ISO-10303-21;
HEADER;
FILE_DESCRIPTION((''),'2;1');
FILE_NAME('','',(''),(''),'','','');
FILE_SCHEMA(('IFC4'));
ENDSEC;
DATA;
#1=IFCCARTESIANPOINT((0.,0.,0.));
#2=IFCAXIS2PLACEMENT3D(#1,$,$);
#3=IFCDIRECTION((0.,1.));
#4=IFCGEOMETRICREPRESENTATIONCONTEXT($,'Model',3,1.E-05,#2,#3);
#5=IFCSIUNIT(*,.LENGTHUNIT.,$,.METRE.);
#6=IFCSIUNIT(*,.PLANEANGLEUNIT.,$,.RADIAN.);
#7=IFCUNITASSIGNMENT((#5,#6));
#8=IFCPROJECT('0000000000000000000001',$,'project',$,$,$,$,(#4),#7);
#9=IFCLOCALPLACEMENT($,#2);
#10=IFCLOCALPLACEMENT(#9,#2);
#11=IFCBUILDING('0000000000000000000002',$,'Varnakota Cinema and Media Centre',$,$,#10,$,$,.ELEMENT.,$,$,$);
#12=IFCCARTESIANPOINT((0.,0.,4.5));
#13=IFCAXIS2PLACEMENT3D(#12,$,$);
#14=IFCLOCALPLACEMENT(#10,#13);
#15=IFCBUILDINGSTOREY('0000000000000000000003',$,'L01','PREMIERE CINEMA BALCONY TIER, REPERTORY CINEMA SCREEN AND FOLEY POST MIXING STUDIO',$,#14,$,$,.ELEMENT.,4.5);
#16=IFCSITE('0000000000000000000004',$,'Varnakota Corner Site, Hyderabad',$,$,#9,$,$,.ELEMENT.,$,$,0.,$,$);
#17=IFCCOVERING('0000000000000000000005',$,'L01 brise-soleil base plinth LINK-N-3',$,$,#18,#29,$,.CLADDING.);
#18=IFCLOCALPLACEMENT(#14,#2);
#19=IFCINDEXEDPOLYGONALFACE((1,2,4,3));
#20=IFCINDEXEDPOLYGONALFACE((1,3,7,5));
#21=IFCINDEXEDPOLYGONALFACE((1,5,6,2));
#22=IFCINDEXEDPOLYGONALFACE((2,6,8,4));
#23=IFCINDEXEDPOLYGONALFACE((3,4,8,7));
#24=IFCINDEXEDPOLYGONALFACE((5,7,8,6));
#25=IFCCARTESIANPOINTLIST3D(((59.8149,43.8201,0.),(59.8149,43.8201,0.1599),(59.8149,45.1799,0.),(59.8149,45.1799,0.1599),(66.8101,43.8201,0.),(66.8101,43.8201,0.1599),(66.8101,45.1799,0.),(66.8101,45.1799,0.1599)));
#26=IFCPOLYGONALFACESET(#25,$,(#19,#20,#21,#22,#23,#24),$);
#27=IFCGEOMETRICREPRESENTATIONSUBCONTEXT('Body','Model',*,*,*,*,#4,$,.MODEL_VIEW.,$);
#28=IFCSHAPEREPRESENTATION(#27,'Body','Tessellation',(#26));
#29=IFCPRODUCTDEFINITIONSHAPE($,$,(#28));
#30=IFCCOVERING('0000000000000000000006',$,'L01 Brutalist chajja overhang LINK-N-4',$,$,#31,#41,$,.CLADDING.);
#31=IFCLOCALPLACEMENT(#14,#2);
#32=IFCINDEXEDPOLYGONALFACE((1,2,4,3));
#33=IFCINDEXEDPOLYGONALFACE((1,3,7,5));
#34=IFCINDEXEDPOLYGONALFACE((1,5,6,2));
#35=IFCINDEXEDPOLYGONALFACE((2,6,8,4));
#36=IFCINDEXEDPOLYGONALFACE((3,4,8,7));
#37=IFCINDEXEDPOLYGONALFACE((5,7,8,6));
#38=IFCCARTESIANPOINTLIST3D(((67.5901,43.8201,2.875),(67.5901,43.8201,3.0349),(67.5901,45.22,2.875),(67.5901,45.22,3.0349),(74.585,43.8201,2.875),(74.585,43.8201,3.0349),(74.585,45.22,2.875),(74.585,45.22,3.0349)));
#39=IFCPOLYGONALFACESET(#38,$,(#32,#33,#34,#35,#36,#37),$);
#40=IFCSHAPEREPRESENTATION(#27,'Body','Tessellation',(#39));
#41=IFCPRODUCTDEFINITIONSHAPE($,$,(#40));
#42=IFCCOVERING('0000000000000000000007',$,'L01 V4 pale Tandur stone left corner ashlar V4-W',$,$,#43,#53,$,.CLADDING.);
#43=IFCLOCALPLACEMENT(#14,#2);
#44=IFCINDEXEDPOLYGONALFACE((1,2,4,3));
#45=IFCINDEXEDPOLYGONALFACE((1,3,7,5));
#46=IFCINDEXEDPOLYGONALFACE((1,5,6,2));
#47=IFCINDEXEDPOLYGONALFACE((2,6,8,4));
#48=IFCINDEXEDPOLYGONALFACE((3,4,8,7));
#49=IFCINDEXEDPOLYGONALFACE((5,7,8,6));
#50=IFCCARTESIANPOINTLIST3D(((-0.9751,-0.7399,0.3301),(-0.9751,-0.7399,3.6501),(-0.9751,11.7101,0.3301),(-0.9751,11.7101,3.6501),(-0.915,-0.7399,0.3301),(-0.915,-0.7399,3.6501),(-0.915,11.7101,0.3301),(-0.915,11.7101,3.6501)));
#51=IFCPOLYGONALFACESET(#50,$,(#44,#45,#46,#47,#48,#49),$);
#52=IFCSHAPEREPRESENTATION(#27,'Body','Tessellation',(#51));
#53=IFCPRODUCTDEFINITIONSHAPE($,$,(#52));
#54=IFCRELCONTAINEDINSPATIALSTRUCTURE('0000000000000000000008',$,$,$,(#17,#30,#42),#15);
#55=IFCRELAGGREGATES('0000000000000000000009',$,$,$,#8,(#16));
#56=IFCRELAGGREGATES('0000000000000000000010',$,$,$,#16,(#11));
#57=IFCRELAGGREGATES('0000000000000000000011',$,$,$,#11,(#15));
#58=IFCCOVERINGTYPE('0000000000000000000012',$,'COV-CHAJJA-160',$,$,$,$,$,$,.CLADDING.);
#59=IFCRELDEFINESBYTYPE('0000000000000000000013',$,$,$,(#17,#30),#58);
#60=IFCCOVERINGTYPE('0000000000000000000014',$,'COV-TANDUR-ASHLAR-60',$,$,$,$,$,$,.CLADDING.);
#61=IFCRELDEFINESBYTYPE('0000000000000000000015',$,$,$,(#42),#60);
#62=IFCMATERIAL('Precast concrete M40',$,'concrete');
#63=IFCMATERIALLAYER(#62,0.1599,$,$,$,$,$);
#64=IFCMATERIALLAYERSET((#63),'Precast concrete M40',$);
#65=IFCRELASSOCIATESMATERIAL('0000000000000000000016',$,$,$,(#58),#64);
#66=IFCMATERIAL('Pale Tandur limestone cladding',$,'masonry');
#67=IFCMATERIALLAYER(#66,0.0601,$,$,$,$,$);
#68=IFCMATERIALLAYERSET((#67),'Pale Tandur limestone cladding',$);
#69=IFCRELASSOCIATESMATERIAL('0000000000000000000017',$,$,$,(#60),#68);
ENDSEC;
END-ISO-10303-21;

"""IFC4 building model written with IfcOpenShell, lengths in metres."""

from ifc_helpers import new_model, si_unit, direction, frame, origin, origin_2d, place, context, subcontext, project, spatial, polyline, rectangle, outline, extrude, material, layer, layer_set, type_object, element, save


model = new_model("IFC4")

# Units and contexts
model_context = context("Model", 3, precision=1e-05, world=origin(), true_north=direction((0.0, 1.0)))
body_context = subcontext(model_context, "Body", "Model", "MODEL_VIEW")
ifc_project = project(units=[si_unit("LENGTHUNIT", "METRE"), si_unit("PLANEANGLEUNIT", "RADIAN")], contexts=[model_context])

# Site, building, storey
site_placement = place(None, origin())
site = spatial("IfcSite", under=ifc_project, at=site_placement, Name="Varnakota Corner Site, Hyderabad", CompositionType="ELEMENT", RefElevation=0.0)
building_placement = place(site_placement, origin())
building = spatial("IfcBuilding", under=site, at=building_placement, Name="Varnakota Cinema and Media Centre", CompositionType="ELEMENT")
storey_placement = place(building_placement, frame((0.0, 0.0, 4.5)))
storey = spatial("IfcBuildingStorey", under=building, at=storey_placement, Name="L01", Description="PREMIERE CINEMA BALCONY TIER, REPERTORY CINEMA SCREEN AND FOLEY POST MIXING STUDIO", CompositionType="ELEMENT", Elevation=4.5)

# Coverings
ifc_material_1 = material(Name="Precast concrete M40", Category="concrete")
ifc_layer_1 = layer(ifc_material_1, 0.1599)
ifc_layer_set_1 = layer_set([ifc_layer_1], Name="Precast concrete M40")
covering_type_1 = type_object("IfcCoveringType", Name="COV-CHAJJA-160", PredefinedType="CLADDING", material=ifc_layer_set_1)
covering_1_placement = place(storey_placement, origin())
element("IfcCovering", 1, at=covering_1_placement, inside=storey, type_object=covering_type_1, Name="L01 brise-soleil base plinth LINK-N-3", PredefinedType="CLADDING", context=body_context, shape_type="SweptSolid", body=[
    extrude(outline(polyline([(59.8149, 43.8201), (66.8101, 43.8201), (66.8101, 45.1799), (59.8149, 45.1799), (59.8149, 43.8201)])), origin(), (0.0, 0.0, 1.0), 0.1599),
])
covering_2_placement = place(storey_placement, frame((0.0, 0.0, 2.875)))
element("IfcCovering", 2, at=covering_2_placement, inside=storey, type_object=covering_type_1, Name="L01 Brutalist chajja overhang LINK-N-4", PredefinedType="CLADDING", context=body_context, shape_type="SweptSolid", body=[
    extrude(outline(polyline([(67.5901, 43.8201), (74.585, 43.8201), (74.585, 45.22), (67.5901, 45.22), (67.5901, 43.8201)])), origin(), (0.0, 0.0, 1.0), 0.1599),
])
ifc_material_2 = material(Name="Pale Tandur limestone cladding", Category="masonry")
ifc_layer_2 = layer(ifc_material_2, 0.0601)
ifc_layer_set_2 = layer_set([ifc_layer_2], Name="Pale Tandur limestone cladding")
covering_type_2 = type_object("IfcCoveringType", Name="COV-TANDUR-ASHLAR-60", PredefinedType="CLADDING", material=ifc_layer_set_2)
covering_3_placement = place(storey_placement, frame((-0.9451, 5.4851, 0.3301), z_axis=(0.0, 0.0, 1.0), x_axis=(0.0, 1.0, 0.0)))
element("IfcCovering", 3, at=covering_3_placement, inside=storey, type_object=covering_type_2, Name="L01 V4 pale Tandur stone left corner ashlar V4-W", PredefinedType="CLADDING", context=body_context, shape_type="SweptSolid", body=[
    extrude(rectangle(XDim=12.45, YDim=0.0601, at=origin_2d()), origin(), (0.0, 0.0, 1.0), 3.3201),
])

save(model, "model.ifc")
